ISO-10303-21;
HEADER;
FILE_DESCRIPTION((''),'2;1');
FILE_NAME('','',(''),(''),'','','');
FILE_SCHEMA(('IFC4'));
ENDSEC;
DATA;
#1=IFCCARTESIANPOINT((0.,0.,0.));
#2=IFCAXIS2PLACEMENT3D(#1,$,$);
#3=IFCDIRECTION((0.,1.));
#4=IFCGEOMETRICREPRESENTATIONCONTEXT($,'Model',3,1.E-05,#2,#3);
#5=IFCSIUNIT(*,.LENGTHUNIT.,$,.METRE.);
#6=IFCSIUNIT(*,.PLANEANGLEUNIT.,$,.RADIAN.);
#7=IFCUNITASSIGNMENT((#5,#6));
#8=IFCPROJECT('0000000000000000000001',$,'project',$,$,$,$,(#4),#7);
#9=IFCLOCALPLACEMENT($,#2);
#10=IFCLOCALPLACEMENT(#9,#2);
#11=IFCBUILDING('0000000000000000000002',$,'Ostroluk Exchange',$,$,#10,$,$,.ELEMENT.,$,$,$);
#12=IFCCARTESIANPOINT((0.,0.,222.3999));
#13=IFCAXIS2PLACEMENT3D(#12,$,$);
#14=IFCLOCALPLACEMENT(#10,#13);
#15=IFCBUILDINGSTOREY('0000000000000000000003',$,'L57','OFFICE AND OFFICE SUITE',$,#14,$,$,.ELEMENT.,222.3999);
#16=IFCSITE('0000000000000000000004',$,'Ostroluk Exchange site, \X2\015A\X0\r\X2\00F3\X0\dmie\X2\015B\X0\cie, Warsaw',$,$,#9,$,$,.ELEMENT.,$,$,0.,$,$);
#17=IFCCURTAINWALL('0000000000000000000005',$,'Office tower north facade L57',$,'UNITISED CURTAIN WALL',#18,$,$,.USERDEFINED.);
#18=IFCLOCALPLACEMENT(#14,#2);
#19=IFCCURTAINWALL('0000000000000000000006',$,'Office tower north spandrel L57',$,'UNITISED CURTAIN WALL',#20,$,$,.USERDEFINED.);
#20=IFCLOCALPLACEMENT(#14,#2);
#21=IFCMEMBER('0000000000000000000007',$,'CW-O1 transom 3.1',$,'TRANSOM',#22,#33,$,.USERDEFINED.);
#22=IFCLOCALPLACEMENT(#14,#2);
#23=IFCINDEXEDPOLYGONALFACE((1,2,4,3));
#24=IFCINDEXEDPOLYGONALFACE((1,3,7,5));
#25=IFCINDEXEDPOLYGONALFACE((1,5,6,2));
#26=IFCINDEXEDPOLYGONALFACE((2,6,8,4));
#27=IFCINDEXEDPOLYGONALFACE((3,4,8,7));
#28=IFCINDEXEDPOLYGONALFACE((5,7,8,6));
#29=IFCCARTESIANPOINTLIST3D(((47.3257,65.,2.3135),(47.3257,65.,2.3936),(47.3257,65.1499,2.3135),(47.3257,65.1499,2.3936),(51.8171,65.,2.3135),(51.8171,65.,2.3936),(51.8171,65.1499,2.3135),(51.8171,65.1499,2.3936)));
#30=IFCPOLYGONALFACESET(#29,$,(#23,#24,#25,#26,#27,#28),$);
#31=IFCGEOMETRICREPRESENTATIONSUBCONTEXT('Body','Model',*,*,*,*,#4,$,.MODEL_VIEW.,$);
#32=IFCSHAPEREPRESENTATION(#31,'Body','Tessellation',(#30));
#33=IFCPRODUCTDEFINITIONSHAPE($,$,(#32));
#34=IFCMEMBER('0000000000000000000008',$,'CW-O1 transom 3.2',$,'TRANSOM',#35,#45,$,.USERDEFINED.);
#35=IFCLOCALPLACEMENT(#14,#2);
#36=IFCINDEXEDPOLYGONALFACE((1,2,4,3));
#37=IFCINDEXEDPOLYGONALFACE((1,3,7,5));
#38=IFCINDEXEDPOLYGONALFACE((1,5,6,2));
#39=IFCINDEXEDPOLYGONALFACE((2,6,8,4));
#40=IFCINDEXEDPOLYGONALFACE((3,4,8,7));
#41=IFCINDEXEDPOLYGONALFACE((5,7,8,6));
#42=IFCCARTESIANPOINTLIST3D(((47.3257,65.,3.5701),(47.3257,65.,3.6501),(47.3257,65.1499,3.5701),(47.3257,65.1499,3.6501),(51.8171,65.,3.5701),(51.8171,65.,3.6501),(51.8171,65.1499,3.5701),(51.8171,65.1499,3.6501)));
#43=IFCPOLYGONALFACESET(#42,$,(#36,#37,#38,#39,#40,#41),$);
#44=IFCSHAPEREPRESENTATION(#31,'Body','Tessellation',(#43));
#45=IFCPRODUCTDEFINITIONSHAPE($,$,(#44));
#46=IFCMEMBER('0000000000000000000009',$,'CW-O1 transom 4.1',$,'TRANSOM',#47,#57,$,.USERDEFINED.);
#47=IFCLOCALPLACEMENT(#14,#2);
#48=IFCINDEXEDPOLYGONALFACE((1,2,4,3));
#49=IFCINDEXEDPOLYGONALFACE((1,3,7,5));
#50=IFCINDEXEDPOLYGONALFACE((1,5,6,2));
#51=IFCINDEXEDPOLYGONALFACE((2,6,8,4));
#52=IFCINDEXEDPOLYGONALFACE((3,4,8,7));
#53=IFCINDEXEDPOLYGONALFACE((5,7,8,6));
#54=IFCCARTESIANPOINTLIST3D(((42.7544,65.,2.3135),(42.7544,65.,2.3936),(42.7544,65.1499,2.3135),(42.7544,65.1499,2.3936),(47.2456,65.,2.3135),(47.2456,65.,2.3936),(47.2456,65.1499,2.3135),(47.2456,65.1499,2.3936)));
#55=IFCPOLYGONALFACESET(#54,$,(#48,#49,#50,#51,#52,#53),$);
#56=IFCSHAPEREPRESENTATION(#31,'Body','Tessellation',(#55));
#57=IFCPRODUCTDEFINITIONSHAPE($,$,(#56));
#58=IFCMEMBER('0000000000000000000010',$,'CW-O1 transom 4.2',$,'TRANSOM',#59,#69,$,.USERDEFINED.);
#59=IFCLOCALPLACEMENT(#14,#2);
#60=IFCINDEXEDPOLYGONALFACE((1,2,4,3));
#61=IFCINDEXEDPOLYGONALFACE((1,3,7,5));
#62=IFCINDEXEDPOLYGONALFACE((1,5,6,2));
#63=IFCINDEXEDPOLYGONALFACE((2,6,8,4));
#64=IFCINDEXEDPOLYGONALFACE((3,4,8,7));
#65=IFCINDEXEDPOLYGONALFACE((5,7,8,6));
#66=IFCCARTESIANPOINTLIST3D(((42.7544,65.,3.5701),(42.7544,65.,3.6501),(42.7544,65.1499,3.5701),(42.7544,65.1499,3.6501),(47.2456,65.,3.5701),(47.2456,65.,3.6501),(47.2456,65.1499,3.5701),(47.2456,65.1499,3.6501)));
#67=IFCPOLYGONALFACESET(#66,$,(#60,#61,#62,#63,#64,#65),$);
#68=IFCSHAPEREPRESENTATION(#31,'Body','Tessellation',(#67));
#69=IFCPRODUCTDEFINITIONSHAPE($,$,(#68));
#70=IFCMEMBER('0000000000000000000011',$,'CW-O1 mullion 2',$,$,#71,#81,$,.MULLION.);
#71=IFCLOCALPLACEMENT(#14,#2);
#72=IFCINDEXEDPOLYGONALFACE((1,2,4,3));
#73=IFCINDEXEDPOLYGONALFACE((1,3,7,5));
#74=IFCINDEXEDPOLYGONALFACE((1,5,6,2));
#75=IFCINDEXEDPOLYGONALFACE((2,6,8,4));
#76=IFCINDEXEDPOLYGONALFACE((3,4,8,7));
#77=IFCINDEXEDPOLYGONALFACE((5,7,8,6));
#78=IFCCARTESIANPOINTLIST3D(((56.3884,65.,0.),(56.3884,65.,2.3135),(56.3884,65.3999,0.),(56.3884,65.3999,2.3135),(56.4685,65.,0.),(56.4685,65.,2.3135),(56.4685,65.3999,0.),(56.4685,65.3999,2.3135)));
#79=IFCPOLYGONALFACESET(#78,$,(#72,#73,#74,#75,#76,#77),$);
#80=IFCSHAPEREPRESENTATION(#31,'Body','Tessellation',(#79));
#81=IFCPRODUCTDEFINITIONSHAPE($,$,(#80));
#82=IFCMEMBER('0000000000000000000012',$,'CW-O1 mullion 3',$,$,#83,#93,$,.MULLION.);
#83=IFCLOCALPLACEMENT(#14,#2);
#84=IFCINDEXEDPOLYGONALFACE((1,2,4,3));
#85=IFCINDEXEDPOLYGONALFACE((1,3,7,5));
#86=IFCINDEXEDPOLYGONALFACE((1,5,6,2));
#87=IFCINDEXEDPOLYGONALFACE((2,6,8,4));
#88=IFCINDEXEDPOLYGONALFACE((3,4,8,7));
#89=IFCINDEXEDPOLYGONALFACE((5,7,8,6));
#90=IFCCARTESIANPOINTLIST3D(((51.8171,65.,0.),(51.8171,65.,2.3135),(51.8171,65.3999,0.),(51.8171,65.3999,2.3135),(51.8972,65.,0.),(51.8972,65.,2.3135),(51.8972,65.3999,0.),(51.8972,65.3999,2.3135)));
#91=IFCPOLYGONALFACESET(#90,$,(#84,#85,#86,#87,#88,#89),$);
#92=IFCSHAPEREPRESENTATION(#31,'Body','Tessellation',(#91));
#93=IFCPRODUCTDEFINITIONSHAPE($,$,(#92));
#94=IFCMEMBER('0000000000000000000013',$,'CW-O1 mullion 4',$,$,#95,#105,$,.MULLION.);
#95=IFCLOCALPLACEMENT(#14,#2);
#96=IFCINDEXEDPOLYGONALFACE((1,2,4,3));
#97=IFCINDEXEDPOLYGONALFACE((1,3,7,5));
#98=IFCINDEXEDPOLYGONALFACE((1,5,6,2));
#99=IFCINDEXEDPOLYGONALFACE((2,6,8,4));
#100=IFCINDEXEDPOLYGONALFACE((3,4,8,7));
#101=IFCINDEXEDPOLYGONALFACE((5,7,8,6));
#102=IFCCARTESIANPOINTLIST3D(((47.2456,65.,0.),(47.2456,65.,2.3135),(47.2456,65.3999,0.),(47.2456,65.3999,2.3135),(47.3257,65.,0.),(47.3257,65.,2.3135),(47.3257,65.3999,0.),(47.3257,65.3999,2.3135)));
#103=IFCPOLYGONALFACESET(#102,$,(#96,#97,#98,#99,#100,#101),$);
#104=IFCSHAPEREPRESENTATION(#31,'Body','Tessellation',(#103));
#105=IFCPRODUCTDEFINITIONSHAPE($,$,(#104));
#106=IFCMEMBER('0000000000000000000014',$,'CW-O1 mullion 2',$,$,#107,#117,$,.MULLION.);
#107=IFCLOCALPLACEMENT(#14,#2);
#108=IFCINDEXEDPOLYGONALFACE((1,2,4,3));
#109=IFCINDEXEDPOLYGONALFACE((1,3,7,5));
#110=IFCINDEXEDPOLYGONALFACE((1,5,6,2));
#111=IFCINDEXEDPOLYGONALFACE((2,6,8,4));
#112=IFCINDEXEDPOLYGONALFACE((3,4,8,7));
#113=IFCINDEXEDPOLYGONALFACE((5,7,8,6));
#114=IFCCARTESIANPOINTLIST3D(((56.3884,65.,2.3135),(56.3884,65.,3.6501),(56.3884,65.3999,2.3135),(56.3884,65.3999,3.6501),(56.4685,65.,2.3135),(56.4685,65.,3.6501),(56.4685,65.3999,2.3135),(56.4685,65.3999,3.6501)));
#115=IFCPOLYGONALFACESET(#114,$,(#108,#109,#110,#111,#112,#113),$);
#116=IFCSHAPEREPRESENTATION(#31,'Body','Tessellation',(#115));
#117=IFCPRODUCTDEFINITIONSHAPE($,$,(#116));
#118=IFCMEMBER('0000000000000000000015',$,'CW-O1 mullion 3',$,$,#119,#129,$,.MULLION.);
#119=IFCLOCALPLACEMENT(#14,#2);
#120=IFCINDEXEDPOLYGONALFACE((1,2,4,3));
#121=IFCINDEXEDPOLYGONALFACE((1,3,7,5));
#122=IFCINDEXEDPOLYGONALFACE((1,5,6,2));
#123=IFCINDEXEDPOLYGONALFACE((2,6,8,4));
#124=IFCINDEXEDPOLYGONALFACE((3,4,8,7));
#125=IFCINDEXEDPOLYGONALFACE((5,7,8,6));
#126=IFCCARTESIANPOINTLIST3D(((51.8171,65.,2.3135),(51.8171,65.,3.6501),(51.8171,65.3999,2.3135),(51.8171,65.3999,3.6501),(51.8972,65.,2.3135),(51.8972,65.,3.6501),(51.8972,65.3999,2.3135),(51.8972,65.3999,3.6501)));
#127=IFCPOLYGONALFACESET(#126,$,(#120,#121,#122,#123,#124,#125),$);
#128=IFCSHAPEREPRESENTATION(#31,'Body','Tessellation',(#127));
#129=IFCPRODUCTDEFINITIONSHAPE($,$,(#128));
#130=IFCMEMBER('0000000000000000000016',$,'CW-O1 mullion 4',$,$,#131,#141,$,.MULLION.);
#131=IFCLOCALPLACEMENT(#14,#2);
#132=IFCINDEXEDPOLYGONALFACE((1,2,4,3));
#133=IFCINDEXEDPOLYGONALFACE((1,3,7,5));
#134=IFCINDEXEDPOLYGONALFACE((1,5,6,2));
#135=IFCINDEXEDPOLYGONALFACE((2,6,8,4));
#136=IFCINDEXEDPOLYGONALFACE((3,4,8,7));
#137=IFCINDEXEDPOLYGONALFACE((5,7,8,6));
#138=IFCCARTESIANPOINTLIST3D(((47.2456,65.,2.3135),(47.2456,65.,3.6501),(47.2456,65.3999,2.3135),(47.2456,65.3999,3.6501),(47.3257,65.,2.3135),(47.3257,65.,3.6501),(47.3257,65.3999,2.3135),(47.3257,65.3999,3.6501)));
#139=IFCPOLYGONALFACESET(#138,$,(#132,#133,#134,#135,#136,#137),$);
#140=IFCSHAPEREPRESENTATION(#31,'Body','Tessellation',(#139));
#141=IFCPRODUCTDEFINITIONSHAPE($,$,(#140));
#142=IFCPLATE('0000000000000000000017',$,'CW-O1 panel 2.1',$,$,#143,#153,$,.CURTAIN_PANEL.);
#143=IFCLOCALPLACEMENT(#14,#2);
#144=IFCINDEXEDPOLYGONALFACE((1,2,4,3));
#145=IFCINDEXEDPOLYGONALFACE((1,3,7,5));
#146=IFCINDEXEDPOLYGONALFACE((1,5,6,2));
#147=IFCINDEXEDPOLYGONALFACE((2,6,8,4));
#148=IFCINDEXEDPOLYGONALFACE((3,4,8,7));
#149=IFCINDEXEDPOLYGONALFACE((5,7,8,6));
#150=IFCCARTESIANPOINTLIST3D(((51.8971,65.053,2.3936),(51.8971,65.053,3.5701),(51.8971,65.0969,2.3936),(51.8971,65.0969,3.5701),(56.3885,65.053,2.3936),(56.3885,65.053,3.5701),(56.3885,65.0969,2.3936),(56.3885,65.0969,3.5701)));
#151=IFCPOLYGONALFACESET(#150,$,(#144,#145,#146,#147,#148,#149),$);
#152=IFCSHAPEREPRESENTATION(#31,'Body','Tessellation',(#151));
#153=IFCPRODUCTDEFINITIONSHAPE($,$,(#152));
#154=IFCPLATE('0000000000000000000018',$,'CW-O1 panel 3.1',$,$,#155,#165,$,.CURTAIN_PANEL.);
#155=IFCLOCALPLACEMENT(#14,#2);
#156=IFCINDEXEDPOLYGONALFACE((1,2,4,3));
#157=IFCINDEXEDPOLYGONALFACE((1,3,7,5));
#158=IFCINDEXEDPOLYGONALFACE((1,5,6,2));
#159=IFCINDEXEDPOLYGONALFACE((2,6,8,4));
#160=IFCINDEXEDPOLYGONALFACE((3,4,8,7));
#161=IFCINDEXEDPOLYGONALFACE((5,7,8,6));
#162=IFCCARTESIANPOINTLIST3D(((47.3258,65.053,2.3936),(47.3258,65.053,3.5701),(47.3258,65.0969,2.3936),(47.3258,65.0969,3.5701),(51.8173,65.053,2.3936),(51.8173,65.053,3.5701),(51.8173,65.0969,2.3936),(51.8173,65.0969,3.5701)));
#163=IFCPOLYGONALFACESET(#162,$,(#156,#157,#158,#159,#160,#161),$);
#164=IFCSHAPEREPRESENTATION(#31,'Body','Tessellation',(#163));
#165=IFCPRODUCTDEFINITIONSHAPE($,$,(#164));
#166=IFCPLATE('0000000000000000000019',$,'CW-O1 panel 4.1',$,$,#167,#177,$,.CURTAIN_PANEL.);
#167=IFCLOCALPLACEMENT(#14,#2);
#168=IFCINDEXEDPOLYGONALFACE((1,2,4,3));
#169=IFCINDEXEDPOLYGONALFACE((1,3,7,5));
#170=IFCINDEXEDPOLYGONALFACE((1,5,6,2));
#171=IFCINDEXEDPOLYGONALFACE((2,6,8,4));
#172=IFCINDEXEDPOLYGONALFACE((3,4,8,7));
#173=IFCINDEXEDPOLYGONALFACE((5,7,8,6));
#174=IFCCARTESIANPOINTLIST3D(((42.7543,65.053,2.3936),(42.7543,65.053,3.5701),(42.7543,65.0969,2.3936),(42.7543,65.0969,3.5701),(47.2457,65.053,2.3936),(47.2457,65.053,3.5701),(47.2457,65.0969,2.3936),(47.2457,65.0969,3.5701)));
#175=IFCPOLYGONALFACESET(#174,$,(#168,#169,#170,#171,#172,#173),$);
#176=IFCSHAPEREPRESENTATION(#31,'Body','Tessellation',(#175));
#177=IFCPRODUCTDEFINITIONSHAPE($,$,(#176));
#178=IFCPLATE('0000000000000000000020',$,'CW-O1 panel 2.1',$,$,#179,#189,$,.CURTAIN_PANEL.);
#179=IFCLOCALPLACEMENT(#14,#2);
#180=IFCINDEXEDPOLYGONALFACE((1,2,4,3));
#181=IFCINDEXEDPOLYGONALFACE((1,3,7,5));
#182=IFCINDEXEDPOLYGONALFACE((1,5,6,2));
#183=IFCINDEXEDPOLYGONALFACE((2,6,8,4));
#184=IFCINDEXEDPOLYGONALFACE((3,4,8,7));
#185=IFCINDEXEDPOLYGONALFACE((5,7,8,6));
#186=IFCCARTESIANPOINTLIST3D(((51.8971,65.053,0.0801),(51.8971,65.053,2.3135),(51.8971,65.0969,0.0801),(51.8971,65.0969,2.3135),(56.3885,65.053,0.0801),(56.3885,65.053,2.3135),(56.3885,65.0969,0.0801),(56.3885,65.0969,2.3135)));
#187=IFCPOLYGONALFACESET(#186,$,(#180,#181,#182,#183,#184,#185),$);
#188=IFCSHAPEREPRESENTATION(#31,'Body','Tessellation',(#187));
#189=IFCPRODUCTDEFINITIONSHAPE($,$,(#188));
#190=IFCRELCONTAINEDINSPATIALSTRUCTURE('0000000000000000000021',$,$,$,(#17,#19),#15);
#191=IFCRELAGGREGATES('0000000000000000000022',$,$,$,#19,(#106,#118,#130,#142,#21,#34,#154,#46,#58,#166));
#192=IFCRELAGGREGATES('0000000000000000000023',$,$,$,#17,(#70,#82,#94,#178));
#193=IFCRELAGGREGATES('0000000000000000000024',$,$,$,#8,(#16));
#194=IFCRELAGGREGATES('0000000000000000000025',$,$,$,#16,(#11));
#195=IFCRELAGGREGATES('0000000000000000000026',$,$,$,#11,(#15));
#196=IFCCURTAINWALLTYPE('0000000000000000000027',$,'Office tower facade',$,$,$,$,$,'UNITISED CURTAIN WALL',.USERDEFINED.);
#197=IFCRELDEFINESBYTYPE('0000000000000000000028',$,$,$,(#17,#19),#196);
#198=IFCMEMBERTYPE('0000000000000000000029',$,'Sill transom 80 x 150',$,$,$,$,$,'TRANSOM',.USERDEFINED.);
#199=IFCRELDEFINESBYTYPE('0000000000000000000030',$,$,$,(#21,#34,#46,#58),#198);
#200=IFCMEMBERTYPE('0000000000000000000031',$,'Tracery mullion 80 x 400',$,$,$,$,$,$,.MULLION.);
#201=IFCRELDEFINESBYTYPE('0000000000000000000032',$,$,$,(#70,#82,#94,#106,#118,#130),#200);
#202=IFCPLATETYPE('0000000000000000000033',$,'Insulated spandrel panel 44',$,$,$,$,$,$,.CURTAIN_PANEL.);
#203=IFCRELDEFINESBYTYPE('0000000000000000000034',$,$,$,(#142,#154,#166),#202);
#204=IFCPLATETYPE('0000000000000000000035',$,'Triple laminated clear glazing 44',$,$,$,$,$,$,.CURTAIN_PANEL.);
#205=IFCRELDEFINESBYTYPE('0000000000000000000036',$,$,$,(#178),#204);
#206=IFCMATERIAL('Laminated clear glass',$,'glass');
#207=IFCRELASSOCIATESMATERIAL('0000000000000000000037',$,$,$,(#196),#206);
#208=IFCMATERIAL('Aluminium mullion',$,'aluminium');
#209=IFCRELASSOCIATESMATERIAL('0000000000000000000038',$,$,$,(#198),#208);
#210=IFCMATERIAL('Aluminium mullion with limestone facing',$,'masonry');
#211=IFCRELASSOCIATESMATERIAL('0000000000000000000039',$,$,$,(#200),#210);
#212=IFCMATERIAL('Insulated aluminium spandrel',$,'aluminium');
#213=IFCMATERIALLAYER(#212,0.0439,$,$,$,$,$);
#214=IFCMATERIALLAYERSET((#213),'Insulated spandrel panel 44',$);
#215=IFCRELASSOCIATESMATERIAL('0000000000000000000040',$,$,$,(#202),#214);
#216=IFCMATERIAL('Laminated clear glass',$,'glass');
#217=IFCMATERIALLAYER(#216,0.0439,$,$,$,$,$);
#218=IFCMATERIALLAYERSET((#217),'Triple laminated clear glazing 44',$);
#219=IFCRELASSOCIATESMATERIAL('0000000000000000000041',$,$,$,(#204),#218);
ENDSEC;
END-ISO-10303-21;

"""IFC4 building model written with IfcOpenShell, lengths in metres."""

from ifc_helpers import new_model, si_unit, direction, frame, origin, origin_2d, place, context, subcontext, project, spatial, rectangle, extrude, material, layer, layer_set, material_profile, profile_set, type_object, element, aggregate, save


model = new_model("IFC4")

# Units and contexts
model_context = context("Model", 3, precision=1e-05, world=origin(), true_north=direction((0.0, 1.0)))
body_context = subcontext(model_context, "Body", "Model", "MODEL_VIEW")
ifc_project = project(units=[si_unit("LENGTHUNIT", "METRE"), si_unit("PLANEANGLEUNIT", "RADIAN")], contexts=[model_context])

# Site, building, storey
site_placement = place(None, origin())
site = spatial("IfcSite", under=ifc_project, at=site_placement, Name="Ostroluk Exchange site, Śródmieście, Warsaw", CompositionType="ELEMENT", RefElevation=0.0)
building_placement = place(site_placement, origin())
building = spatial("IfcBuilding", under=site, at=building_placement, Name="Ostroluk Exchange", CompositionType="ELEMENT")
storey_placement = place(building_placement, frame((0.0, 0.0, 222.3999)))
storey = spatial("IfcBuildingStorey", under=building, at=storey_placement, Name="L57", Description="OFFICE AND OFFICE SUITE", CompositionType="ELEMENT", Elevation=222.3999)

# Curtain walls, members
ifc_material_1 = material(Name="Laminated clear glass", Category="glass")
curtain_wall_type = type_object("IfcCurtainWallType", Name="Office tower facade", ElementType="UNITISED CURTAIN WALL", PredefinedType="USERDEFINED", material=ifc_material_1)
curtain_wall_1_placement = place(storey_placement, origin())
curtain_wall_1 = element("IfcCurtainWall", 1, at=curtain_wall_1_placement, inside=storey, type_object=curtain_wall_type, Name="Office tower north facade L57", ObjectType="UNITISED CURTAIN WALL", PredefinedType="USERDEFINED")
ifc_material_2 = material(Name="Aluminium mullion", Category="aluminium")
ifc_material_profile_1 = material_profile(ifc_material_2, rectangle(XDim=0.1499, YDim=0.0801, at=origin_2d()), Name="Sill transom 80 x 150")
ifc_profile_set_1 = profile_set([ifc_material_profile_1], Name="Aluminium mullion")
member_type_1 = type_object("IfcMemberType", Name="Sill transom 80 x 150", ElementType="TRANSOM", PredefinedType="USERDEFINED", material=ifc_profile_set_1)
curtain_wall_2_placement = place(storey_placement, origin())
curtain_wall_2 = element("IfcCurtainWall", 2, at=curtain_wall_2_placement, inside=storey, type_object=curtain_wall_type, Name="Office tower north spandrel L57", ObjectType="UNITISED CURTAIN WALL", PredefinedType="USERDEFINED")
member_1_placement = place(storey_placement, frame((51.8171, 65.075, 2.3535), z_axis=(-1.0, 0.0, 0.0), x_axis=(0.0, -1.0, 0.0)))
member_1 = element("IfcMember", 3, at=member_1_placement, type_object=member_type_1, Name="CW-O1 transom 3.1", ObjectType="TRANSOM", PredefinedType="USERDEFINED", context=body_context, shape_type="SweptSolid", body=[
    extrude(rectangle(XDim=0.1499, YDim=0.0801, at=origin_2d()), origin(), (0.0, 0.0, 1.0), 4.4915),
])
member_2_placement = place(storey_placement, frame((51.8171, 65.075, 3.6101), z_axis=(-1.0, 0.0, 0.0), x_axis=(0.0, -1.0, 0.0)))
member_2 = element("IfcMember", 4, at=member_2_placement, type_object=member_type_1, Name="CW-O1 transom 3.2", ObjectType="TRANSOM", PredefinedType="USERDEFINED", context=body_context, shape_type="SweptSolid", body=[
    extrude(rectangle(XDim=0.1499, YDim=0.0801, at=origin_2d()), origin(), (0.0, 0.0, 1.0), 4.4915),
])
member_3_placement = place(storey_placement, frame((47.2456, 65.075, 2.3535), z_axis=(-1.0, 0.0, 0.0), x_axis=(0.0, -1.0, 0.0)))
member_3 = element("IfcMember", 5, at=member_3_placement, type_object=member_type_1, Name="CW-O1 transom 4.1", ObjectType="TRANSOM", PredefinedType="USERDEFINED", context=body_context, shape_type="SweptSolid", body=[
    extrude(rectangle(XDim=0.1499, YDim=0.0801, at=origin_2d()), origin(), (0.0, 0.0, 1.0), 4.4912),
])
member_4_placement = place(storey_placement, frame((47.2456, 65.075, 3.6101), z_axis=(-1.0, 0.0, 0.0), x_axis=(0.0, -1.0, 0.0)))
member_4 = element("IfcMember", 6, at=member_4_placement, type_object=member_type_1, Name="CW-O1 transom 4.2", ObjectType="TRANSOM", PredefinedType="USERDEFINED", context=body_context, shape_type="SweptSolid", body=[
    extrude(rectangle(XDim=0.1499, YDim=0.0801, at=origin_2d()), origin(), (0.0, 0.0, 1.0), 4.4912),
])

# Members
ifc_material_3 = material(Name="Aluminium mullion with limestone facing", Category="masonry")
ifc_material_profile_2 = material_profile(ifc_material_3, rectangle(XDim=0.3999, YDim=0.0801, at=origin_2d()), Name="Tracery mullion 80 x 400")
ifc_profile_set_2 = profile_set([ifc_material_profile_2], Name="Aluminium mullion with limestone facing")
member_type_2 = type_object("IfcMemberType", Name="Tracery mullion 80 x 400", PredefinedType="MULLION", material=ifc_profile_set_2)
member_5_placement = place(storey_placement, frame((56.4285, 65.2, 0.0), z_axis=(0.0, 0.0, 1.0), x_axis=(0.0, -1.0, 0.0)))
member_5 = element("IfcMember", 7, at=member_5_placement, type_object=member_type_2, Name="CW-O1 mullion 2", PredefinedType="MULLION", context=body_context, shape_type="SweptSolid", body=[
    extrude(rectangle(XDim=0.3999, YDim=0.0801, at=origin_2d()), origin(), (0.0, 0.0, 1.0), 2.3135),
])
member_6_placement = place(storey_placement, frame((51.8572, 65.2, 0.0), z_axis=(0.0, 0.0, 1.0), x_axis=(0.0, -1.0, 0.0)))
member_6 = element("IfcMember", 8, at=member_6_placement, type_object=member_type_2, Name="CW-O1 mullion 3", PredefinedType="MULLION", context=body_context, shape_type="SweptSolid", body=[
    extrude(rectangle(XDim=0.3999, YDim=0.0801, at=origin_2d()), origin(), (0.0, 0.0, 1.0), 2.3135),
])
member_7_placement = place(storey_placement, frame((47.2856, 65.2, 0.0), z_axis=(0.0, 0.0, 1.0), x_axis=(0.0, -1.0, 0.0)))
member_7 = element("IfcMember", 9, at=member_7_placement, type_object=member_type_2, Name="CW-O1 mullion 4", PredefinedType="MULLION", context=body_context, shape_type="SweptSolid", body=[
    extrude(rectangle(XDim=0.3999, YDim=0.0801, at=origin_2d()), origin(), (0.0, 0.0, 1.0), 2.3135),
])
member_8_placement = place(storey_placement, frame((56.4285, 65.2, 2.3135), z_axis=(0.0, 0.0, 1.0), x_axis=(0.0, -1.0, 0.0)))
member_8 = element("IfcMember", 10, at=member_8_placement, type_object=member_type_2, Name="CW-O1 mullion 2", PredefinedType="MULLION", context=body_context, shape_type="SweptSolid", body=[
    extrude(rectangle(XDim=0.3999, YDim=0.0801, at=origin_2d()), origin(), (0.0, 0.0, 1.0), 1.3367),
])
member_9_placement = place(storey_placement, frame((51.8572, 65.2, 2.3135), z_axis=(0.0, 0.0, 1.0), x_axis=(0.0, -1.0, 0.0)))
member_9 = element("IfcMember", 11, at=member_9_placement, type_object=member_type_2, Name="CW-O1 mullion 3", PredefinedType="MULLION", context=body_context, shape_type="SweptSolid", body=[
    extrude(rectangle(XDim=0.3999, YDim=0.0801, at=origin_2d()), origin(), (0.0, 0.0, 1.0), 1.3367),
])
member_10_placement = place(storey_placement, frame((47.2856, 65.2, 2.3135), z_axis=(0.0, 0.0, 1.0), x_axis=(0.0, -1.0, 0.0)))
member_10 = element("IfcMember", 12, at=member_10_placement, type_object=member_type_2, Name="CW-O1 mullion 4", PredefinedType="MULLION", context=body_context, shape_type="SweptSolid", body=[
    extrude(rectangle(XDim=0.3999, YDim=0.0801, at=origin_2d()), origin(), (0.0, 0.0, 1.0), 1.3367),
])

# Plates
ifc_material_4 = material(Name="Insulated aluminium spandrel", Category="aluminium")
ifc_layer_1 = layer(ifc_material_4, 0.0439)
ifc_layer_set_1 = layer_set([ifc_layer_1], Name="Insulated spandrel panel 44")
plate_type_1 = type_object("IfcPlateType", Name="Insulated spandrel panel 44", PredefinedType="CURTAIN_PANEL", material=ifc_layer_set_1)
plate_1_placement = place(storey_placement, frame((54.1428, 65.075, 2.3936), z_axis=(0.0, 0.0, 1.0), x_axis=(-1.0, 0.0, 0.0)))
plate_1 = element("IfcPlate", 13, at=plate_1_placement, type_object=plate_type_1, Name="CW-O1 panel 2.1", PredefinedType="CURTAIN_PANEL", context=body_context, shape_type="SweptSolid", body=[
    extrude(rectangle(XDim=4.4915, YDim=0.0439, at=origin_2d()), origin(), (0.0, 0.0, 1.0), 1.1765),
])
plate_2_placement = place(storey_placement, frame((49.5715, 65.075, 2.3936), z_axis=(0.0, 0.0, 1.0), x_axis=(-1.0, 0.0, 0.0)))
plate_2 = element("IfcPlate", 14, at=plate_2_placement, type_object=plate_type_1, Name="CW-O1 panel 3.1", PredefinedType="CURTAIN_PANEL", context=body_context, shape_type="SweptSolid", body=[
    extrude(rectangle(XDim=4.4915, YDim=0.0439, at=origin_2d()), origin(), (0.0, 0.0, 1.0), 1.1765),
])
plate_3_placement = place(storey_placement, frame((45.0, 65.075, 2.3936), z_axis=(0.0, 0.0, 1.0), x_axis=(-1.0, 0.0, 0.0)))
plate_3 = element("IfcPlate", 15, at=plate_3_placement, type_object=plate_type_1, Name="CW-O1 panel 4.1", PredefinedType="CURTAIN_PANEL", context=body_context, shape_type="SweptSolid", body=[
    extrude(rectangle(XDim=4.4915, YDim=0.0439, at=origin_2d()), origin(), (0.0, 0.0, 1.0), 1.1765),
])
aggregate(curtain_wall_2, [member_8, member_9, member_10, plate_1, member_1, member_2, plate_2, member_3, member_4, plate_3])
ifc_material_5 = material(Name="Laminated clear glass", Category="glass")
ifc_layer_2 = layer(ifc_material_5, 0.0439)
ifc_layer_set_2 = layer_set([ifc_layer_2], Name="Triple laminated clear glazing 44")
plate_type_2 = type_object("IfcPlateType", Name="Triple laminated clear glazing 44", PredefinedType="CURTAIN_PANEL", material=ifc_layer_set_2)
plate_4_placement = place(storey_placement, frame((54.1428, 65.075, 0.0801), z_axis=(0.0, 0.0, 1.0), x_axis=(-1.0, 0.0, 0.0)))
plate_4 = element("IfcPlate", 16, at=plate_4_placement, type_object=plate_type_2, Name="CW-O1 panel 2.1", PredefinedType="CURTAIN_PANEL", context=body_context, shape_type="SweptSolid", body=[
    extrude(rectangle(XDim=4.4915, YDim=0.0439, at=origin_2d()), origin(), (0.0, 0.0, 1.0), 2.2334),
])
aggregate(curtain_wall_1, [member_5, member_6, member_7, plate_4])

save(model, "model.ifc")
